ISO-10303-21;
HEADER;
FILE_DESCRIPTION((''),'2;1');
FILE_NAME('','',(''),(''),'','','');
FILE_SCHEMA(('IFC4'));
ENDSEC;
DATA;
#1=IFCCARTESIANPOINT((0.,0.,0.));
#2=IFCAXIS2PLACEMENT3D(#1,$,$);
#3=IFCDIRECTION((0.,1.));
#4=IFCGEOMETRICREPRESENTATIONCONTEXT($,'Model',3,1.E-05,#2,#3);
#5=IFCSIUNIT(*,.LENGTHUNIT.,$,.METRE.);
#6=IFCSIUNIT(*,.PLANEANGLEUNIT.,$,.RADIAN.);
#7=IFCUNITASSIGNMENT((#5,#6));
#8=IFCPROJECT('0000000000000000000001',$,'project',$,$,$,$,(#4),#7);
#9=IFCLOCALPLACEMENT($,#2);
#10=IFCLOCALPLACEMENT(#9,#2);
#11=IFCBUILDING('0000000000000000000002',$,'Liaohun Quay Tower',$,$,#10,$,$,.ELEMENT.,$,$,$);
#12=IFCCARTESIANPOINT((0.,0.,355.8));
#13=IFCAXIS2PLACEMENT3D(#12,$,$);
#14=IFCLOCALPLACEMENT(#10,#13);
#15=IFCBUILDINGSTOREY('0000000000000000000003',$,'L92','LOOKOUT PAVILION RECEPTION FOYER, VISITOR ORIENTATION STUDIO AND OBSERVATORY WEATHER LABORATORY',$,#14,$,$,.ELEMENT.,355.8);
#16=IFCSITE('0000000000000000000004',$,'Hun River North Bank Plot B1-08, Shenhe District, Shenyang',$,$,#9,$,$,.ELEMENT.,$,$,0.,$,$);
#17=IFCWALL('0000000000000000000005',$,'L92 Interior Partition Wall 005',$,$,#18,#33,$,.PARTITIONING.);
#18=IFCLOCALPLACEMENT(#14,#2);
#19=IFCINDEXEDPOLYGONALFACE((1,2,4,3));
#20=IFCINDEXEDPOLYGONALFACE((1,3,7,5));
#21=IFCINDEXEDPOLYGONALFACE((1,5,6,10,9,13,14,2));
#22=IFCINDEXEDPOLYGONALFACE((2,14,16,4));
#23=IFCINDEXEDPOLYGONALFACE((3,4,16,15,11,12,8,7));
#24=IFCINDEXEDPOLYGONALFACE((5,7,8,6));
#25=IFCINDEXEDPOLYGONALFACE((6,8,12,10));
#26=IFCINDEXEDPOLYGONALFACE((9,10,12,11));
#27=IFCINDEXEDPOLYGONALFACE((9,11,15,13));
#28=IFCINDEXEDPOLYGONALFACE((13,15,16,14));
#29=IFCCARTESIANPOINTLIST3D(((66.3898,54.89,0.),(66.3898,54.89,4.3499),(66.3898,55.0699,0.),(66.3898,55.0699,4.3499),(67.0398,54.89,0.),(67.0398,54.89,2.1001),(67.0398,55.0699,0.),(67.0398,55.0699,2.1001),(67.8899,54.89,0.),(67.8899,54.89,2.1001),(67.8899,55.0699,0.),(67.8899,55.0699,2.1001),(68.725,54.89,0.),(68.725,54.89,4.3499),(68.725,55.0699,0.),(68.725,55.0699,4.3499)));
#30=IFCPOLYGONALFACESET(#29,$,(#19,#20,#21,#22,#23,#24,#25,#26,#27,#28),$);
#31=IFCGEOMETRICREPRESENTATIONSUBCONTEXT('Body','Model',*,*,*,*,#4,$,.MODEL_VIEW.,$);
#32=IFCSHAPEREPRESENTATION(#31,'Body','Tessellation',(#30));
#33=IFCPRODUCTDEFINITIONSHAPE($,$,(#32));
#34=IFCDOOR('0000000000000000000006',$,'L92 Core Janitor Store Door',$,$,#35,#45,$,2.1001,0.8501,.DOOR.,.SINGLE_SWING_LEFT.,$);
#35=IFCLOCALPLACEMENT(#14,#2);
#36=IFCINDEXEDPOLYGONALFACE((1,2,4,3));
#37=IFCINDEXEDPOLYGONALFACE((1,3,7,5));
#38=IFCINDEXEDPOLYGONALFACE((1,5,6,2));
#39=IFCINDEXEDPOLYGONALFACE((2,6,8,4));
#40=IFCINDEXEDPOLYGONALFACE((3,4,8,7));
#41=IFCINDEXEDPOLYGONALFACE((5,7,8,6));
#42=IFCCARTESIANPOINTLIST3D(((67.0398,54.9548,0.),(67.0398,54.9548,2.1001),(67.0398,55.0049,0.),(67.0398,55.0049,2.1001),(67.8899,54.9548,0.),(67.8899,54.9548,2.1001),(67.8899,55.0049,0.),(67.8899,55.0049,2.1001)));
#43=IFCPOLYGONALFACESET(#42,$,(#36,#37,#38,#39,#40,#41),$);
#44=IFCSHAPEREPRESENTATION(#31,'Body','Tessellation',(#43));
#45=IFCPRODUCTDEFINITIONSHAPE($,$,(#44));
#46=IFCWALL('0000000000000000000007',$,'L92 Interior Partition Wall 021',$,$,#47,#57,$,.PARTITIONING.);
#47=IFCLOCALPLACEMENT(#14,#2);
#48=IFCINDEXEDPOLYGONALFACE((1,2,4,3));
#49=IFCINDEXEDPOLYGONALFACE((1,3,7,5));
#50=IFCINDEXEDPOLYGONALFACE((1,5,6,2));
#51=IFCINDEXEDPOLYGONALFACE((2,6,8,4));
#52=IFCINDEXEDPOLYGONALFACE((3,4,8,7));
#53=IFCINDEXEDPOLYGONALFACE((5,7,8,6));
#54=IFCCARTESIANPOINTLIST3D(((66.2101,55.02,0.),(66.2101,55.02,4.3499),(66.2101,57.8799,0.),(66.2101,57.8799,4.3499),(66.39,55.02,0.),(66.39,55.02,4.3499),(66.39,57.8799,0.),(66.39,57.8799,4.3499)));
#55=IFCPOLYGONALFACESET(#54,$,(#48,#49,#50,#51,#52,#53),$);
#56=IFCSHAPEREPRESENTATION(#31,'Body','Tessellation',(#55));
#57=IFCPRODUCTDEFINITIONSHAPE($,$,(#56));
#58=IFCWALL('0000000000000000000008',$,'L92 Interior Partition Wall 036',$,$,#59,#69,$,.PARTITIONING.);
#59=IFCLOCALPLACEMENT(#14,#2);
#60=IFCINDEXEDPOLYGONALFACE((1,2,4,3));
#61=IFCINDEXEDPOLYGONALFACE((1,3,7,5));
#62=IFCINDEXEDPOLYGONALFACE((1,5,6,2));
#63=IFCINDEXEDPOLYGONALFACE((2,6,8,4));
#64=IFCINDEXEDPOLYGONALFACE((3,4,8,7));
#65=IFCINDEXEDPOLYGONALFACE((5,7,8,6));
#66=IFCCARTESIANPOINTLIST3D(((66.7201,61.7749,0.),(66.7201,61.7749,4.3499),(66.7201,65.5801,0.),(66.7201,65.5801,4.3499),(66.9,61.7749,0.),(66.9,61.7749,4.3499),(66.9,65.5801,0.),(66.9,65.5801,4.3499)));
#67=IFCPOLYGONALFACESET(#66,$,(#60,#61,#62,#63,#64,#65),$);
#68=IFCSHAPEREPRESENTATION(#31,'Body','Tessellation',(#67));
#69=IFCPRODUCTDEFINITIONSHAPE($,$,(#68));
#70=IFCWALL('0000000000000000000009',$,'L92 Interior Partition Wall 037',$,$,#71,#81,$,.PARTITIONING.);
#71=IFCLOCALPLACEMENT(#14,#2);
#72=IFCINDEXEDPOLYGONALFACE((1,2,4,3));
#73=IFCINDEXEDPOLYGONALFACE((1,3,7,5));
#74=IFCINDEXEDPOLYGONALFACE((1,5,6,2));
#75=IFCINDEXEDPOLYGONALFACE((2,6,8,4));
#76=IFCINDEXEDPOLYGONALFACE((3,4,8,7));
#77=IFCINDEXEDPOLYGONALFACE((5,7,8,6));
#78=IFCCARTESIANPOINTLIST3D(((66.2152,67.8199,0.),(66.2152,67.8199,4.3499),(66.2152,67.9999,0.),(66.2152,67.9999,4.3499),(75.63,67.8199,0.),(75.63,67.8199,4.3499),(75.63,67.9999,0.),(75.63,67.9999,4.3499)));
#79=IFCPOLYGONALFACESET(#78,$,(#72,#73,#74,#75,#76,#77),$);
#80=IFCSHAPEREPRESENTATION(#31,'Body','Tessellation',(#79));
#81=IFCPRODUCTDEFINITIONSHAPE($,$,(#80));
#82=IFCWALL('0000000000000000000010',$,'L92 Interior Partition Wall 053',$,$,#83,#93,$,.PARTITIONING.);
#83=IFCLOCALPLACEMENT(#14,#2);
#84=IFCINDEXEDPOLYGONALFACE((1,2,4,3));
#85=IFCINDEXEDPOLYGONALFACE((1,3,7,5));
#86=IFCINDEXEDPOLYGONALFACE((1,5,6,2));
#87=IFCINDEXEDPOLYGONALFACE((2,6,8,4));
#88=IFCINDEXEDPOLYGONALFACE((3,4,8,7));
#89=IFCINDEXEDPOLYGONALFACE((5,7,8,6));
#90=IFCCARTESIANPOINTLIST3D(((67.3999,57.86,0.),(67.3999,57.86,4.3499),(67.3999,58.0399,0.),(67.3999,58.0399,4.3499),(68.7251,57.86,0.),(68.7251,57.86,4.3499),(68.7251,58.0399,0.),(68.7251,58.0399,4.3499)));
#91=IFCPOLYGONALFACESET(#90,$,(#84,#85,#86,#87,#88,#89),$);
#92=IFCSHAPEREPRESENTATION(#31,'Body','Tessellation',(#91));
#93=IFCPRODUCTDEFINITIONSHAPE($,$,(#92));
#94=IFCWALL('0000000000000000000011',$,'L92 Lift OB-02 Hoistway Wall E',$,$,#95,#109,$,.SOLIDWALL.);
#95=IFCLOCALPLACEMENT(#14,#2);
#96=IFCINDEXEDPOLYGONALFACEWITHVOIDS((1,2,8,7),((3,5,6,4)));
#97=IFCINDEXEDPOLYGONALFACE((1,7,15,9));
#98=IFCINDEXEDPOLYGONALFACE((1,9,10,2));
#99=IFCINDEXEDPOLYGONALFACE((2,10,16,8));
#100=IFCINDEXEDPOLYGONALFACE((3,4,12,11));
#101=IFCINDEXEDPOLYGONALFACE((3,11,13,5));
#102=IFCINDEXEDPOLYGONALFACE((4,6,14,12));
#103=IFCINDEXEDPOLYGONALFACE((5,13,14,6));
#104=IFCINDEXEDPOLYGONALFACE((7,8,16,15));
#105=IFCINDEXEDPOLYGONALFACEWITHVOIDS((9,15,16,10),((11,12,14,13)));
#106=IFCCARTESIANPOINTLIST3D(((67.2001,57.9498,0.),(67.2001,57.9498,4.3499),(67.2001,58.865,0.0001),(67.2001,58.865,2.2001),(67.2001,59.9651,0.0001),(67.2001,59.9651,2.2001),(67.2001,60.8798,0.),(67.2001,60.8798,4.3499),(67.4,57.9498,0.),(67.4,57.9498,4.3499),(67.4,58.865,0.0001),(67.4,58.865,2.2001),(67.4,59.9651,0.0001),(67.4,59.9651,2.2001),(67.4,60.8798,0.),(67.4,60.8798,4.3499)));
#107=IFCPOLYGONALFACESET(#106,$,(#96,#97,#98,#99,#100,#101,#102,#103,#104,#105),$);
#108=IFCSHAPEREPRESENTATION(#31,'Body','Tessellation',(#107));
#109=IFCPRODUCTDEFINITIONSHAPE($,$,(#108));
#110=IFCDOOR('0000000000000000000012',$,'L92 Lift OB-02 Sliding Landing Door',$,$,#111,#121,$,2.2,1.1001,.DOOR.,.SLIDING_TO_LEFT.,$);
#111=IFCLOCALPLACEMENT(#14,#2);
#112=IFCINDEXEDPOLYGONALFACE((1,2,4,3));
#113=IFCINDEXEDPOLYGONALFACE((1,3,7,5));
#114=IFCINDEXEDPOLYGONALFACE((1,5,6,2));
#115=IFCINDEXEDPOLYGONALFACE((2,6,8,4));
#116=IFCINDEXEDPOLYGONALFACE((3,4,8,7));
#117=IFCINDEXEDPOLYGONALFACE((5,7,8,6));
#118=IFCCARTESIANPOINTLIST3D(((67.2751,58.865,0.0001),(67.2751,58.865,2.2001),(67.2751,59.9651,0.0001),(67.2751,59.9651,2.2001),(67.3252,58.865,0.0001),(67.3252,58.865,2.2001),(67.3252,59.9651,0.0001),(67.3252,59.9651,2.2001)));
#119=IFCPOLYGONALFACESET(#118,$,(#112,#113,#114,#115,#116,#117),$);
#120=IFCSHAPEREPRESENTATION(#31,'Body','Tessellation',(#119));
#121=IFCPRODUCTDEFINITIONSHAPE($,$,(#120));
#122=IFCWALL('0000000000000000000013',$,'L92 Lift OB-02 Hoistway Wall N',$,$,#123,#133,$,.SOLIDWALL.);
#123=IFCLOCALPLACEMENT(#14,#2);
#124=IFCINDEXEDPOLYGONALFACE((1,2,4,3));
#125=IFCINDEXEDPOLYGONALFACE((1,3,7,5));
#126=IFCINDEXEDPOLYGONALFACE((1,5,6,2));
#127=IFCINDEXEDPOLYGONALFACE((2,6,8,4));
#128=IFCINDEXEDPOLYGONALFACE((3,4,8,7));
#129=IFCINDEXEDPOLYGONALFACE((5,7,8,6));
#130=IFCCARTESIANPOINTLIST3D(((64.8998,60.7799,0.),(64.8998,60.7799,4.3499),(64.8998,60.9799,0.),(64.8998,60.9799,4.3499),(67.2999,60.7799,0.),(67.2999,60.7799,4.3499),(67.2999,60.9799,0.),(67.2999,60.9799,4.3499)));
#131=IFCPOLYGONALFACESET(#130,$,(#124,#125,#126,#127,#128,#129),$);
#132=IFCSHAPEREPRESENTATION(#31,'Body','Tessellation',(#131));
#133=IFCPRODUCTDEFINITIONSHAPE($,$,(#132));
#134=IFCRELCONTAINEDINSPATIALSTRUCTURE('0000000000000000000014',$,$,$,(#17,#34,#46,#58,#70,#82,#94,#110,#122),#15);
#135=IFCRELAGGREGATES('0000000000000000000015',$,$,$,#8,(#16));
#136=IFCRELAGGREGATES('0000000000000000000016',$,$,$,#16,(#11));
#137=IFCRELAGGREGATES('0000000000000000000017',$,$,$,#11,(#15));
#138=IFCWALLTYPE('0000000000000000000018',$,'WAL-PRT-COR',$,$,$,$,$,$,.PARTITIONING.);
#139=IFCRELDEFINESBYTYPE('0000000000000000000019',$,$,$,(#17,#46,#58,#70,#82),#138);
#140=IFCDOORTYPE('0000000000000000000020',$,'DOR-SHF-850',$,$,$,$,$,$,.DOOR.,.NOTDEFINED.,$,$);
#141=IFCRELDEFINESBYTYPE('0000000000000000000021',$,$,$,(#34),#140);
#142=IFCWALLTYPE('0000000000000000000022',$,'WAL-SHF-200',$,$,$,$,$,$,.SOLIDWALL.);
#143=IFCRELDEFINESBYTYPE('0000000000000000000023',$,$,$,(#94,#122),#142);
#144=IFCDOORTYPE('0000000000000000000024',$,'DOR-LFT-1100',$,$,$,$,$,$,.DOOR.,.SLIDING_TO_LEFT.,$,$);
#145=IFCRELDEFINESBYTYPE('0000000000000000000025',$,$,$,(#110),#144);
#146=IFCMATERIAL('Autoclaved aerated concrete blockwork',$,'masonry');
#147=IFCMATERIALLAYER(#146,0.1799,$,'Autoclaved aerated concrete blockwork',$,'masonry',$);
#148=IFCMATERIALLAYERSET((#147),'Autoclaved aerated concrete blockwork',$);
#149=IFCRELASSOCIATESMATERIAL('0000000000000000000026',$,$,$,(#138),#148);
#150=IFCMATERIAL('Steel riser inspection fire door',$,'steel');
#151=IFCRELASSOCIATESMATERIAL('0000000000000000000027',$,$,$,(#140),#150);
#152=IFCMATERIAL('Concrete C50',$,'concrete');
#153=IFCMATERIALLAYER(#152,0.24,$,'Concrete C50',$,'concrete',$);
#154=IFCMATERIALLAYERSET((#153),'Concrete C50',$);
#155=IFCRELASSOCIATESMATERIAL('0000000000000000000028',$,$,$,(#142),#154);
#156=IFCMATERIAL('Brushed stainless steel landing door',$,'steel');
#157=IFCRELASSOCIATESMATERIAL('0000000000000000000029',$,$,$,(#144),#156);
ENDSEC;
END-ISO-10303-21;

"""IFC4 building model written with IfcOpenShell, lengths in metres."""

from ifc_helpers import new_model, si_unit, direction, frame, frame_2d, origin, place, context, subcontext, project, spatial, rectangle, extrude, source, transform, mapped, material, layer, layer_set, type_object, element, fill, save


model = new_model("IFC4")

# Units and contexts
model_context = context("Model", 3, precision=1e-05, world=origin(), true_north=direction((0.0, 1.0)))
body_context = subcontext(model_context, "Body", "Model", "MODEL_VIEW")
ifc_project = project(units=[si_unit("LENGTHUNIT", "METRE"), si_unit("PLANEANGLEUNIT", "RADIAN")], contexts=[model_context])

# Site, building, storey
site_placement = place(None, origin())
site = spatial("IfcSite", under=ifc_project, at=site_placement, Name="Hun River North Bank Plot B1-08, Shenhe District, Shenyang", CompositionType="ELEMENT", RefElevation=0.0)
building_placement = place(site_placement, origin())
building = spatial("IfcBuilding", under=site, at=building_placement, Name="Liaohun Quay Tower", CompositionType="ELEMENT")
storey_placement = place(building_placement, frame((0.0, 0.0, 355.8)))
storey = spatial("IfcBuildingStorey", under=building, at=storey_placement, Name="L92", Description="LOOKOUT PAVILION RECEPTION FOYER, VISITOR ORIENTATION STUDIO AND OBSERVATORY WEATHER LABORATORY", CompositionType="ELEMENT", Elevation=355.8)

# Shared definitions
ifc_material_1 = material(Name="Concrete C50", Category="concrete")

# Wall, opening, door
ifc_material_2 = material(Name="Autoclaved aerated concrete blockwork", Category="masonry")
ifc_layer_1 = layer(ifc_material_2, 0.1799, Name="Autoclaved aerated concrete blockwork", Category="masonry")
ifc_layer_set_1 = layer_set([ifc_layer_1], Name="Autoclaved aerated concrete blockwork")
wall_type_1 = type_object("IfcWallType", Name="WAL-PRT-COR", PredefinedType="PARTITIONING", material=ifc_layer_set_1)
wall_1_placement = place(storey_placement, frame((66.3899, 54.98, 0.0), z_axis=(0.0, 0.0, 1.0), x_axis=(1.0, 0.0, 0.0)))
wall_1 = element("IfcWall", 1, at=wall_1_placement, inside=storey, type_object=wall_type_1, Name="L92 Interior Partition Wall 005", PredefinedType="PARTITIONING", context=body_context, shape_type="SweptSolid", body=[
    extrude(rectangle(XDim=2.3352, YDim=0.1799, at=frame_2d((1.1675, 0.0))), origin(), (0.0, 0.0, 1.0), 4.3499),
])
shared_shape_1 = source(origin(), body_context, "Body", "SweptSolid", [
    extrude(rectangle(XDim=0.8501, YDim=2.1001, at=frame_2d((0.425, 1.05))), frame((0.0, 0.0999, 0.0), z_axis=(0.0, -1.0, 0.0), x_axis=(1.0, 0.0, 0.0)), (0.0, 0.0, 1.0), 0.2),
])
opening_1_placement = place(wall_1_placement, frame((0.6499, 0.0, 0.0)))
opening_1 = element("IfcOpeningElement", 2, at=opening_1_placement, cuts=wall_1, PredefinedType="OPENING", context=body_context, shape_type="MappedRepresentation", body=[
    mapped(shared_shape_1, transform((0.0, 0.0, 0.0), x_axis=(1.0, 0.0, 0.0), y_axis=(0.0, 1.0, 0.0), z_axis=(0.0, 0.0, 1.0), scale=1.0)),
])
ifc_material_3 = material(Name="Steel riser inspection fire door", Category="steel")
door_type_1 = type_object("IfcDoorType", Name="DOR-SHF-850", OperationType="NOTDEFINED", PredefinedType="DOOR", material=ifc_material_3)
shared_shape_2 = source(origin(), body_context, "Body", "SweptSolid", [
    extrude(rectangle(XDim=0.8501, YDim=2.1001, at=frame_2d((0.425, 1.05))), frame((0.0, 0.0249, 0.0), z_axis=(0.0, -1.0, 0.0), x_axis=(1.0, 0.0, 0.0)), (0.0, 0.0, 1.0), 0.05),
])
door_1_placement = place(opening_1_placement, origin())
door_1 = element("IfcDoor", 3, at=door_1_placement, inside=storey, type_object=door_type_1, Name="L92 Core Janitor Store Door", OperationType="SINGLE_SWING_LEFT", OverallHeight=2.1001, OverallWidth=0.8501, PredefinedType="DOOR", context=body_context, shape_type="MappedRepresentation", body=[
    mapped(shared_shape_2, transform((0.0, 0.0, 0.0), x_axis=(1.0, 0.0, 0.0), y_axis=(0.0, 1.0, 0.0), z_axis=(0.0, 0.0, 1.0), scale=1.0)),
])
fill(opening_1, door_1)

# Walls
wall_2_placement = place(storey_placement, frame((66.3, 55.02, 0.0), z_axis=(0.0, 0.0, 1.0), x_axis=(0.0, 1.0, 0.0)))
element("IfcWall", 4, at=wall_2_placement, inside=storey, type_object=wall_type_1, Name="L92 Interior Partition Wall 021", PredefinedType="PARTITIONING", context=body_context, shape_type="SweptSolid", body=[
    extrude(rectangle(XDim=2.8599, YDim=0.1799, at=frame_2d((1.4299, 0.0))), origin(), (0.0, 0.0, 1.0), 4.3499),
])
wall_3_placement = place(storey_placement, frame((66.8101, 61.7749, 0.0), z_axis=(0.0, 0.0, 1.0), x_axis=(0.0, 1.0, 0.0)))
element("IfcWall", 5, at=wall_3_placement, inside=storey, type_object=wall_type_1, Name="L92 Interior Partition Wall 036", PredefinedType="PARTITIONING", context=body_context, shape_type="SweptSolid", body=[
    extrude(rectangle(XDim=3.8052, YDim=0.1799, at=frame_2d((1.9026, 0.0))), origin(), (0.0, 0.0, 1.0), 4.3499),
])
wall_4_placement = place(storey_placement, frame((66.2151, 67.9099, 0.0), z_axis=(0.0, 0.0, 1.0), x_axis=(1.0, 0.0, 0.0)))
element("IfcWall", 6, at=wall_4_placement, inside=storey, type_object=wall_type_1, Name="L92 Interior Partition Wall 037", PredefinedType="PARTITIONING", context=body_context, shape_type="SweptSolid", body=[
    extrude(rectangle(XDim=9.4148, YDim=0.1799, at=frame_2d((4.7075, 0.0))), origin(), (0.0, 0.0, 1.0), 4.3499),
])
wall_5_placement = place(storey_placement, frame((67.3999, 57.95, 0.0), z_axis=(0.0, 0.0, 1.0), x_axis=(1.0, 0.0, 0.0)))
element("IfcWall", 7, at=wall_5_placement, inside=storey, type_object=wall_type_1, Name="L92 Interior Partition Wall 053", PredefinedType="PARTITIONING", context=body_context, shape_type="SweptSolid", body=[
    extrude(rectangle(XDim=1.3252, YDim=0.1799, at=frame_2d((0.6626, 0.0))), origin(), (0.0, 0.0, 1.0), 4.3499),
])

# Wall, opening, door
ifc_layer_2 = layer(ifc_material_1, 0.24, Name="Concrete C50", Category="concrete")
ifc_layer_set_2 = layer_set([ifc_layer_2], Name="Concrete C50")
wall_type_2 = type_object("IfcWallType", Name="WAL-SHF-200", PredefinedType="SOLIDWALL", material=ifc_layer_set_2)
wall_6_placement = place(storey_placement, frame((67.3, 57.95, 0.0), z_axis=(0.0, 0.0, 1.0), x_axis=(0.0, 1.0, 0.0)))
wall_6 = element("IfcWall", 8, at=wall_6_placement, inside=storey, type_object=wall_type_2, Name="L92 Lift OB-02 Hoistway Wall E", PredefinedType="SOLIDWALL", context=body_context, shape_type="SweptSolid", body=[
    extrude(rectangle(XDim=2.9299, YDim=0.2, at=frame_2d((1.4648, 0.0))), origin(), (0.0, 0.0, 1.0), 4.3499),
])
shared_shape_3 = source(origin(), body_context, "Body", "SweptSolid", [
    extrude(rectangle(XDim=1.1001, YDim=2.2, at=frame_2d((0.55, 1.1001))), frame((0.0, 0.1099, 0.0), z_axis=(0.0, -1.0, 0.0), x_axis=(1.0, 0.0, 0.0)), (0.0, 0.0, 1.0), 0.22),
])
opening_2_placement = place(wall_6_placement, frame((0.915, 0.0, 0.0)))
opening_2 = element("IfcOpeningElement", 9, at=opening_2_placement, cuts=wall_6, PredefinedType="OPENING", context=body_context, shape_type="MappedRepresentation", body=[
    mapped(shared_shape_3, transform((0.0, 0.0, 0.0), x_axis=(1.0, 0.0, 0.0), y_axis=(0.0, 1.0, 0.0), z_axis=(0.0, 0.0, 1.0), scale=1.0)),
])
ifc_material_4 = material(Name="Brushed stainless steel landing door", Category="steel")
door_type_2 = type_object("IfcDoorType", Name="DOR-LFT-1100", OperationType="SLIDING_TO_LEFT", PredefinedType="DOOR", material=ifc_material_4)
shared_shape_4 = source(origin(), body_context, "Body", "SweptSolid", [
    extrude(rectangle(XDim=1.1001, YDim=2.2, at=frame_2d((0.55, 1.1001))), frame((0.0, 0.0249, 0.0), z_axis=(0.0, -1.0, 0.0), x_axis=(1.0, 0.0, 0.0)), (0.0, 0.0, 1.0), 0.05),
])
door_2_placement = place(opening_2_placement, origin())
door_2 = element("IfcDoor", 10, at=door_2_placement, inside=storey, type_object=door_type_2, Name="L92 Lift OB-02 Sliding Landing Door", OperationType="SLIDING_TO_LEFT", OverallHeight=2.2, OverallWidth=1.1001, PredefinedType="DOOR", context=body_context, shape_type="MappedRepresentation", body=[
    mapped(shared_shape_4, transform((0.0, 0.0, 0.0), x_axis=(1.0, 0.0, 0.0), y_axis=(0.0, 1.0, 0.0), z_axis=(0.0, 0.0, 1.0), scale=1.0)),
])
fill(opening_2, door_2)

# Wall
wall_7_placement = place(storey_placement, frame((67.3, 60.8799, 0.0), z_axis=(0.0, 0.0, 1.0), x_axis=(-1.0, 0.0, 0.0)))
element("IfcWall", 11, at=wall_7_placement, inside=storey, type_object=wall_type_2, Name="L92 Lift OB-02 Hoistway Wall N", PredefinedType="SOLIDWALL", context=body_context, shape_type="SweptSolid", body=[
    extrude(rectangle(XDim=2.4001, YDim=0.2, at=frame_2d((1.2002, 0.0))), origin(), (0.0, 0.0, 1.0), 4.3499),
])

save(model, "model.ifc")
